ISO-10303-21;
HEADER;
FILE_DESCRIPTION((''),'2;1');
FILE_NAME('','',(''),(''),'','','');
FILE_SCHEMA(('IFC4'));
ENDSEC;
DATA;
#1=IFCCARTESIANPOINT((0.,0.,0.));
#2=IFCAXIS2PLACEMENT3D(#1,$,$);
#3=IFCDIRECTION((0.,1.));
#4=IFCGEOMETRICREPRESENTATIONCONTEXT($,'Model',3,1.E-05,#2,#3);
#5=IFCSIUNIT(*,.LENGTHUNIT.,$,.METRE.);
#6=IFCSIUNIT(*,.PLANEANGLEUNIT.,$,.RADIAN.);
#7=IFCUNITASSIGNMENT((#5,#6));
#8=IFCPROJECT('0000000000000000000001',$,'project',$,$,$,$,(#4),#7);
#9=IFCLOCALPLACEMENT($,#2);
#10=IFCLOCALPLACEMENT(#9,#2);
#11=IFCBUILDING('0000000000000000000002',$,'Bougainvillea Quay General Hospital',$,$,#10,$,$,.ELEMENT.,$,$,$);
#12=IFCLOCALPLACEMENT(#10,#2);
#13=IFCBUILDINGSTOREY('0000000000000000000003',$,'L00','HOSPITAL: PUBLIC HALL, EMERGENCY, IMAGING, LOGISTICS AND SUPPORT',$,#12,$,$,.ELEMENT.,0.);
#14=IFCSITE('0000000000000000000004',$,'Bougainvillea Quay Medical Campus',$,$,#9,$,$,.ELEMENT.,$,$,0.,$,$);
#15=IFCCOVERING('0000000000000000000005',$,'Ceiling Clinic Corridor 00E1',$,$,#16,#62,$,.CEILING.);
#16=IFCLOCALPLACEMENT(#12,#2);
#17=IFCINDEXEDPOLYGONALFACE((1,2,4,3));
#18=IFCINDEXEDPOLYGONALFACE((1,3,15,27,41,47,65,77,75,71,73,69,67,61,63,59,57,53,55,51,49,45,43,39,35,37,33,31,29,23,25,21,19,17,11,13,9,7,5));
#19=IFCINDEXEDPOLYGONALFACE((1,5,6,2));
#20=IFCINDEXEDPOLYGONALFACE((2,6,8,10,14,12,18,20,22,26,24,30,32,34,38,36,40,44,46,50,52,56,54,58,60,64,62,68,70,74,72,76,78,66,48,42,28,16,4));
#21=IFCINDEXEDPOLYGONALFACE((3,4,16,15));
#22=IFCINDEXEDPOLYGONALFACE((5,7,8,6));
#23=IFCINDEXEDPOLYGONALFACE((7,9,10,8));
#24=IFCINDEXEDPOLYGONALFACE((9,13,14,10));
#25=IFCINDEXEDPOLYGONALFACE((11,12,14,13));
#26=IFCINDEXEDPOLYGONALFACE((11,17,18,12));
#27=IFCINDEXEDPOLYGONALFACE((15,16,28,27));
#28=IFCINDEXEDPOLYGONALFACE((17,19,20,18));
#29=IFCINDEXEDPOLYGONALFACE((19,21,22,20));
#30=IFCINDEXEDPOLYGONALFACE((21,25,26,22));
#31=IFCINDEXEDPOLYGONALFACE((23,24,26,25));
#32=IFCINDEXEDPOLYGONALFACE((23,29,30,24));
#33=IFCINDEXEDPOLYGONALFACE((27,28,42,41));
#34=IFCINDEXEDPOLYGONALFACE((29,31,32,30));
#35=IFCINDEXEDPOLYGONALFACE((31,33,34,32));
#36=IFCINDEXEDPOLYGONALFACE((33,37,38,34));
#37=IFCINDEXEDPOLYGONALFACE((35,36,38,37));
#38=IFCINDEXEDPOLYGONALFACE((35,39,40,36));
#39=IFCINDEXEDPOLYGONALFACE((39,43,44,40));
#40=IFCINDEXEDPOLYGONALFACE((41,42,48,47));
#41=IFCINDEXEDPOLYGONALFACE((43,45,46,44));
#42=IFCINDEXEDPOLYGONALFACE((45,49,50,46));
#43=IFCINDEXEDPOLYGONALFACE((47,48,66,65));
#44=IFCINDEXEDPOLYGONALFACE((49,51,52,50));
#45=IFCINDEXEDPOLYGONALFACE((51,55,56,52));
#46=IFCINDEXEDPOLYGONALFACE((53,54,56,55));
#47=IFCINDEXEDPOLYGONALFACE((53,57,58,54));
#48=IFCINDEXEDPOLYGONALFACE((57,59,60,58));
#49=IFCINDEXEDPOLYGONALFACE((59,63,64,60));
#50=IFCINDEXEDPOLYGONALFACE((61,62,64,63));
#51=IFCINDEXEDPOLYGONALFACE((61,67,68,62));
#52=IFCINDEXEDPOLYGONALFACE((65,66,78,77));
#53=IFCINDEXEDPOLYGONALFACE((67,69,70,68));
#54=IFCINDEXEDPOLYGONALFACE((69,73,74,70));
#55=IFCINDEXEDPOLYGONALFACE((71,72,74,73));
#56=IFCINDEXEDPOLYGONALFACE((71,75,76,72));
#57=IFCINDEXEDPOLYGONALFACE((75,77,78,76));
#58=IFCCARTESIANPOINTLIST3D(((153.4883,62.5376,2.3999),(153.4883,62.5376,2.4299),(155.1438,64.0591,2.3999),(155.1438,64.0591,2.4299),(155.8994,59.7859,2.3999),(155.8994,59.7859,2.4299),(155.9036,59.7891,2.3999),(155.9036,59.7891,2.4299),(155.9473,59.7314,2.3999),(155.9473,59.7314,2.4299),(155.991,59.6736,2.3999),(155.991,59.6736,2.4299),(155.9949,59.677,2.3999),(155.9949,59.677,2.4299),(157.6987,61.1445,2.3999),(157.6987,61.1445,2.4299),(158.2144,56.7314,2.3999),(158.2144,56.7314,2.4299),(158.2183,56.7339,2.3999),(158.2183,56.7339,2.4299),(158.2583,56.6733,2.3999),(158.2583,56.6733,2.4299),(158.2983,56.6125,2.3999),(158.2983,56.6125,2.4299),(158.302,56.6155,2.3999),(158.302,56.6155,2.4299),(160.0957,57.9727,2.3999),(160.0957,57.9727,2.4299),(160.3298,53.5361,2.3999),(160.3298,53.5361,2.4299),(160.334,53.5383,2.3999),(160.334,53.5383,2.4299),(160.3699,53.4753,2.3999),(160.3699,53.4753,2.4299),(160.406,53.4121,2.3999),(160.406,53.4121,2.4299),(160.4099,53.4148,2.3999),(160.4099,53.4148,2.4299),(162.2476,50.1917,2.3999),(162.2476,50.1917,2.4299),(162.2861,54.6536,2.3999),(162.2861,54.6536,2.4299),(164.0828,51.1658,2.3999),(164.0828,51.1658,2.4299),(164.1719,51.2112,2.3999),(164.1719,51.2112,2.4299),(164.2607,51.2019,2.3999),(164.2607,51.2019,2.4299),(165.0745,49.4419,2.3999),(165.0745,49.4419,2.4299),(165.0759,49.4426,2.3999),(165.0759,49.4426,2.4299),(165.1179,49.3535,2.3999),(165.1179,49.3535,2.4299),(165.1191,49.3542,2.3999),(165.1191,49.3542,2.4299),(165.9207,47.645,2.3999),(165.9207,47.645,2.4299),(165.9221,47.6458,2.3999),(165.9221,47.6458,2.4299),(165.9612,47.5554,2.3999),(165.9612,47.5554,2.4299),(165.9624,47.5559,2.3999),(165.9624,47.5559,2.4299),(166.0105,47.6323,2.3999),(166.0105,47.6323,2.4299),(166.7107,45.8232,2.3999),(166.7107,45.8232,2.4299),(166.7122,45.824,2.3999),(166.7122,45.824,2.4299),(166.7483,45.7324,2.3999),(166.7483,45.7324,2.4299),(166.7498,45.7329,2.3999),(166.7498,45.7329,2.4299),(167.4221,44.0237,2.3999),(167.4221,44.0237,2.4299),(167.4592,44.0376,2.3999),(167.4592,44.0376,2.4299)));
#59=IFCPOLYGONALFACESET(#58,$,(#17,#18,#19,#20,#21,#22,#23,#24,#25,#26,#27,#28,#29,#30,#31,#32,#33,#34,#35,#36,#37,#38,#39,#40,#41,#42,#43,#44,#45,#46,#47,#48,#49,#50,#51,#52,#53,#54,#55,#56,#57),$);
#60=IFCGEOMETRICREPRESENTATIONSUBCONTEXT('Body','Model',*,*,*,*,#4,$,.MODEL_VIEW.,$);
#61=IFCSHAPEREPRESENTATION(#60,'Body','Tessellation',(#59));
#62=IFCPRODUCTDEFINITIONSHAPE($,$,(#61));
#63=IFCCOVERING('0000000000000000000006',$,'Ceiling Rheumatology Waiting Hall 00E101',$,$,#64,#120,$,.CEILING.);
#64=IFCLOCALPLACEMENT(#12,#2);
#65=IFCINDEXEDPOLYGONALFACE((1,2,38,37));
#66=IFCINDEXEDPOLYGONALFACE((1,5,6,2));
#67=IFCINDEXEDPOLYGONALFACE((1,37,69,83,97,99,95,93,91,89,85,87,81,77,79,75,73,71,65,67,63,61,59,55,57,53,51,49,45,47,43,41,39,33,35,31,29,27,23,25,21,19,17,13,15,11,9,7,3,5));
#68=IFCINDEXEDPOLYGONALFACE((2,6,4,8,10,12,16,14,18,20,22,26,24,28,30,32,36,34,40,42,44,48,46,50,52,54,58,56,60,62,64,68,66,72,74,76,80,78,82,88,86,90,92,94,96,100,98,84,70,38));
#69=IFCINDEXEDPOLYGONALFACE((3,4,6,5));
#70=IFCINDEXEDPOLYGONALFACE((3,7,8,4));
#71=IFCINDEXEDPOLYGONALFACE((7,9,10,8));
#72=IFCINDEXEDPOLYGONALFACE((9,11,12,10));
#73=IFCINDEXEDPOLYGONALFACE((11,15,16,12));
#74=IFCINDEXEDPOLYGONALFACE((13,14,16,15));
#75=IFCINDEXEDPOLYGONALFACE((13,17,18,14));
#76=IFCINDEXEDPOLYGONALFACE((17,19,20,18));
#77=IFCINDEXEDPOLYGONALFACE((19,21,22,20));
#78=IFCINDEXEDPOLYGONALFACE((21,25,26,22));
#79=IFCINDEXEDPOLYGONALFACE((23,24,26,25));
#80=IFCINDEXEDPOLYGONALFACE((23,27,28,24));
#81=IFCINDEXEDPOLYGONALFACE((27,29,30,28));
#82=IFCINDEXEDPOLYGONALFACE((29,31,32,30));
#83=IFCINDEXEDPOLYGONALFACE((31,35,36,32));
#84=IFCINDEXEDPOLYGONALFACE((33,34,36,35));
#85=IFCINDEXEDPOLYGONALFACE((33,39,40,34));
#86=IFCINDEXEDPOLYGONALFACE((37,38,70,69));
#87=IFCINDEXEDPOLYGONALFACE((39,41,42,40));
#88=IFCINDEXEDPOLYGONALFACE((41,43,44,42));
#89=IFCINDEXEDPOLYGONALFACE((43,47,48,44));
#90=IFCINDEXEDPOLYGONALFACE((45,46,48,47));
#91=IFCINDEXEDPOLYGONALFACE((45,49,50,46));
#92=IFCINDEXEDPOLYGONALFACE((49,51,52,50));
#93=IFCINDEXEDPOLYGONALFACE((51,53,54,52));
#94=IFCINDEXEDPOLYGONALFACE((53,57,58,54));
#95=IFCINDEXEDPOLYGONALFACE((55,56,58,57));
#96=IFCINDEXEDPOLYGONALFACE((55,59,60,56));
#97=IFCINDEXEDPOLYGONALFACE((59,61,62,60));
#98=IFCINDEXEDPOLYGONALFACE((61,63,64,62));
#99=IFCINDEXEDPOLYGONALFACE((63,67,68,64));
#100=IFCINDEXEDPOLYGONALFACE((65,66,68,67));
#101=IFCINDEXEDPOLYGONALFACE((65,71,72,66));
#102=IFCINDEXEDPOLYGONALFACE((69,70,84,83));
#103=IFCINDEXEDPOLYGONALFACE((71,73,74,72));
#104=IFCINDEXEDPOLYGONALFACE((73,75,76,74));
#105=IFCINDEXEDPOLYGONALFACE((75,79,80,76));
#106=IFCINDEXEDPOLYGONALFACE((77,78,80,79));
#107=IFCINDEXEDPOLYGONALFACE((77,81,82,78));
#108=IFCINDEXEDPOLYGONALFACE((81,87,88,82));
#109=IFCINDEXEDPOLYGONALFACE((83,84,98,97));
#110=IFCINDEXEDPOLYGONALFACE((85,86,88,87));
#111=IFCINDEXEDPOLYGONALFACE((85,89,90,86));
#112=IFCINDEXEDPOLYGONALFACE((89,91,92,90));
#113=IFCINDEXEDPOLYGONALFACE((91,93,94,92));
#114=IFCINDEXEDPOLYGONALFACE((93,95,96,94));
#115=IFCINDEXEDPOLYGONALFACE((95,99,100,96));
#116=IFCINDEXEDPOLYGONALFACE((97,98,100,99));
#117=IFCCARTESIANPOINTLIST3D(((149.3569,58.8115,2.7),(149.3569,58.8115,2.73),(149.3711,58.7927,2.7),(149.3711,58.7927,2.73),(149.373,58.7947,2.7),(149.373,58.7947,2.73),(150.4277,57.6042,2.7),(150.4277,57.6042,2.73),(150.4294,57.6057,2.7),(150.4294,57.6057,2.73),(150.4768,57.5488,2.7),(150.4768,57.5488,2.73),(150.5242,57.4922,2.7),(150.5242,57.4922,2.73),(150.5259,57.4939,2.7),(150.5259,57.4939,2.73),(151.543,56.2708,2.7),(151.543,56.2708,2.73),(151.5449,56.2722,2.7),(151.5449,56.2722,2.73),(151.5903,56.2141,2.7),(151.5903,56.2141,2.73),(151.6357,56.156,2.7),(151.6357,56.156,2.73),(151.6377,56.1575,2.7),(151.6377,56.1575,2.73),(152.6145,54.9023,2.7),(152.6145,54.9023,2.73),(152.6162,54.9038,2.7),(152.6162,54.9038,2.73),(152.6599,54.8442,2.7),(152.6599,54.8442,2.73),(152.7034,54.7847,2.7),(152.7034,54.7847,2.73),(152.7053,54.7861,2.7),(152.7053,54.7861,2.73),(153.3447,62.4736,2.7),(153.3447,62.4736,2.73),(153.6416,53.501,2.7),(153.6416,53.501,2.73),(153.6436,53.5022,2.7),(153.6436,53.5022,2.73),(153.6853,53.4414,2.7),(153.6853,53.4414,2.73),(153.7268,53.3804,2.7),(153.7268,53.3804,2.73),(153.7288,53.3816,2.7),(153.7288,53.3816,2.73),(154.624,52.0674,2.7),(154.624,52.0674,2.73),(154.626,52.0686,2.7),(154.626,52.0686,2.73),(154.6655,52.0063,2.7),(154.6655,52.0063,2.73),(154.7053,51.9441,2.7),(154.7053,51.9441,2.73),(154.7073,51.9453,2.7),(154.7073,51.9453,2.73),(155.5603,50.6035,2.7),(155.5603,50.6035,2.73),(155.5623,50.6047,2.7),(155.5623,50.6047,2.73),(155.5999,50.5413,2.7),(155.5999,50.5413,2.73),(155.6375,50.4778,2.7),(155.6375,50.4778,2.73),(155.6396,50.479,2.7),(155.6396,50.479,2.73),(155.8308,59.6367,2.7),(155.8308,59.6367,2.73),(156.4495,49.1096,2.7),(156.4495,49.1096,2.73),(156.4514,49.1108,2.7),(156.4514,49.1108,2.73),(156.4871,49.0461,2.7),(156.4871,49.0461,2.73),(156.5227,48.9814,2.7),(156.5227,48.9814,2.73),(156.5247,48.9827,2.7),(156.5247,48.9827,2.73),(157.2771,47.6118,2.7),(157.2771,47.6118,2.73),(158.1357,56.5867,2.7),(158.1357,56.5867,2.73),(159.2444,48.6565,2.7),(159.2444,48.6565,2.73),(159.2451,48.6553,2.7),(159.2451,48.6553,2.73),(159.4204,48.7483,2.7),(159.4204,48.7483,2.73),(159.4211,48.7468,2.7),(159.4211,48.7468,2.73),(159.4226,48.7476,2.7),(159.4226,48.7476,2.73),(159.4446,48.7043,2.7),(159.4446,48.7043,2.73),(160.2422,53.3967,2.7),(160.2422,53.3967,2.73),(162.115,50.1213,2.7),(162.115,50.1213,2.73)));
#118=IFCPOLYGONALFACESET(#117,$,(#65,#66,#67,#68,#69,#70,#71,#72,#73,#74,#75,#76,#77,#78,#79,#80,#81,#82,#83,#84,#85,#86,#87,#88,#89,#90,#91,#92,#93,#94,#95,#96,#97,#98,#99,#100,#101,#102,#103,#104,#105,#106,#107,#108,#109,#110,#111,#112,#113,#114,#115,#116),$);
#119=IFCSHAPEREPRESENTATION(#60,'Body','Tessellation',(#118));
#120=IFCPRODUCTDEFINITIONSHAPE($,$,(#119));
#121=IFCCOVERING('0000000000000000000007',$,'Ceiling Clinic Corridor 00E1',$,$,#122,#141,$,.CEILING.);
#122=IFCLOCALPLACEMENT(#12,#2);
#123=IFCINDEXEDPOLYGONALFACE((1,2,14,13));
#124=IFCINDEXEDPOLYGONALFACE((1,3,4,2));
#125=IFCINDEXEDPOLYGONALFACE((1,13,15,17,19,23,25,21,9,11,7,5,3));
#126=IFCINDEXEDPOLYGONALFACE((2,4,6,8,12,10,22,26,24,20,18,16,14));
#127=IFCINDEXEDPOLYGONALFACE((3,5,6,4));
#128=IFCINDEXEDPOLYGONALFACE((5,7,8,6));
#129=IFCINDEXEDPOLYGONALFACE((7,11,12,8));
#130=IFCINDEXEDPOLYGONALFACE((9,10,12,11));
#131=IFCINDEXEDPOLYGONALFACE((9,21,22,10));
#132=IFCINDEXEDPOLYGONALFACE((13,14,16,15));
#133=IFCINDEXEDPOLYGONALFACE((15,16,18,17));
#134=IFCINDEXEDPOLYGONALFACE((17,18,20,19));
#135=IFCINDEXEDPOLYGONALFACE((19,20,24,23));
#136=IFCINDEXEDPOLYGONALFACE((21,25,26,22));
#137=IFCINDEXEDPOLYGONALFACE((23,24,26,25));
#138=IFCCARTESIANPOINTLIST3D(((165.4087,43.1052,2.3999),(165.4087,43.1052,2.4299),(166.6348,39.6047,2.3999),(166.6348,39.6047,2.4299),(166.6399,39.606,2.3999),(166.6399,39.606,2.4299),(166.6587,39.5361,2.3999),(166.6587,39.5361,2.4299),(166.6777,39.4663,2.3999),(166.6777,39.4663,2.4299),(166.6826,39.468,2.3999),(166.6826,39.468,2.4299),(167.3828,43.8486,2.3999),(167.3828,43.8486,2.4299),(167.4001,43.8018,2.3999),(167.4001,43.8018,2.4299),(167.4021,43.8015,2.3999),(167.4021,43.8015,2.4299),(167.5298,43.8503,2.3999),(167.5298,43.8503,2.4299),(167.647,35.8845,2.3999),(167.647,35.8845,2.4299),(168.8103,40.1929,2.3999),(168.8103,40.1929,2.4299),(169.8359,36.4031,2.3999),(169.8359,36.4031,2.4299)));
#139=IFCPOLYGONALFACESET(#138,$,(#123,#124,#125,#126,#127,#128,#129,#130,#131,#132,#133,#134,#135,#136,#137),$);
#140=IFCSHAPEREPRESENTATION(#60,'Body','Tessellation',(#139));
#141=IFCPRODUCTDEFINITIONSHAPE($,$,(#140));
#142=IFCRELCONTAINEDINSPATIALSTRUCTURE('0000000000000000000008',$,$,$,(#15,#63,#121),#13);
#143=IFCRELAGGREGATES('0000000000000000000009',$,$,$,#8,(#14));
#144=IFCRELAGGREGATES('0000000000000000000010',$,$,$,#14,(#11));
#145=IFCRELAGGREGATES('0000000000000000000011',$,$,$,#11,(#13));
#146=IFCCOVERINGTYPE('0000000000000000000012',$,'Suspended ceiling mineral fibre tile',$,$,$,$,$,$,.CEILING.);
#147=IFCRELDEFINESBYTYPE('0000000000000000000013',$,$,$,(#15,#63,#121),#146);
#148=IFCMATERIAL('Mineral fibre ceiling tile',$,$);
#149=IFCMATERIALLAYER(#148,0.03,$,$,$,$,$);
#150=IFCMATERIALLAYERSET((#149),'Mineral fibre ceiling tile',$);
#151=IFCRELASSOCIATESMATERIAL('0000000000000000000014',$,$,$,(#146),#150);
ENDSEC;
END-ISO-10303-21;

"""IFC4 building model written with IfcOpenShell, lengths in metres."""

from ifc_helpers import new_model, si_unit, direction, frame, origin, place, context, subcontext, project, spatial, polyline, outline, extrude, material, layer, layer_set, type_object, element, save


model = new_model("IFC4")

# Units and contexts
model_context = context("Model", 3, precision=1e-05, world=origin(), true_north=direction((0.0, 1.0)))
body_context = subcontext(model_context, "Body", "Model", "MODEL_VIEW")
ifc_project = project(units=[si_unit("LENGTHUNIT", "METRE"), si_unit("PLANEANGLEUNIT", "RADIAN")], contexts=[model_context])

# Site, building, storey
site_placement = place(None, origin())
site = spatial("IfcSite", under=ifc_project, at=site_placement, Name="Bougainvillea Quay Medical Campus", CompositionType="ELEMENT", RefElevation=0.0)
building_placement = place(site_placement, origin())
building = spatial("IfcBuilding", under=site, at=building_placement, Name="Bougainvillea Quay General Hospital", CompositionType="ELEMENT")
storey_placement = place(building_placement, origin())
storey = spatial("IfcBuildingStorey", under=building, at=storey_placement, Name="L00", Description="HOSPITAL: PUBLIC HALL, EMERGENCY, IMAGING, LOGISTICS AND SUPPORT", CompositionType="ELEMENT", Elevation=0.0)

# Coverings
ifc_material_1 = material(Name="Mineral fibre ceiling tile")
ifc_layer_1 = layer(ifc_material_1, 0.03)
ifc_layer_set_1 = layer_set([ifc_layer_1], Name="Mineral fibre ceiling tile")
covering_type = type_object("IfcCoveringType", Name="Suspended ceiling mineral fibre tile", PredefinedType="CEILING", material=ifc_layer_set_1)
covering_1_placement = place(storey_placement, frame((0.0, 0.0, 2.3999)))
element("IfcCovering", 1, at=covering_1_placement, inside=storey, type_object=covering_type, Name="Ceiling Clinic Corridor 00E1", PredefinedType="CEILING", context=body_context, shape_type="SweptSolid", body=[
    extrude(outline(polyline([(153.4883, 62.5376), (155.8994, 59.7859), (155.9036, 59.7891), (155.9473, 59.7314), (155.9949, 59.677), (155.991, 59.6736), (158.2144, 56.7314), (158.2183, 56.7339), (158.2583, 56.6733), (158.302, 56.6155), (158.2983, 56.6125), (160.3298, 53.5361), (160.334, 53.5383), (160.3699, 53.4753), (160.4099, 53.4148), (160.406, 53.4121), (162.2476, 50.1917), (164.0828, 51.1658), (164.1719, 51.2112), (165.0745, 49.4419), (165.0759, 49.4426), (165.1191, 49.3542), (165.1179, 49.3535), (165.9207, 47.645), (165.9221, 47.6458), (165.9624, 47.5559), (165.9612, 47.5554), (166.7107, 45.8232), (166.7122, 45.824), (166.7498, 45.7329), (166.7483, 45.7324), (167.4221, 44.0237), (167.4592, 44.0376), (166.0105, 47.6323), (164.2607, 51.2019), (162.2861, 54.6536), (160.0957, 57.9727), (157.6987, 61.1445), (155.1438, 64.0591), (153.4883, 62.5376)])), origin(), (0.0, 0.0, 1.0), 0.03),
])
covering_2_placement = place(storey_placement, frame((0.0, 0.0, 2.7)))
element("IfcCovering", 2, at=covering_2_placement, inside=storey, type_object=covering_type, Name="Ceiling Rheumatology Waiting Hall 00E101", PredefinedType="CEILING", context=body_context, shape_type="SweptSolid", body=[
    extrude(outline(polyline([(153.3447, 62.4736), (149.3569, 58.8115), (149.373, 58.7947), (149.3711, 58.7927), (150.4277, 57.6042), (150.4294, 57.6057), (150.4768, 57.5488), (150.5259, 57.4939), (150.5242, 57.4922), (151.543, 56.2708), (151.5449, 56.2722), (151.5903, 56.2141), (151.6377, 56.1575), (151.6357, 56.156), (152.6145, 54.9023), (152.6162, 54.9038), (152.6599, 54.8442), (152.7053, 54.7861), (152.7034, 54.7847), (153.6416, 53.501), (153.6436, 53.5022), (153.6853, 53.4414), (153.7288, 53.3816), (153.7268, 53.3804), (154.624, 52.0674), (154.626, 52.0686), (154.6655, 52.0063), (154.7073, 51.9453), (154.7053, 51.9441), (155.5603, 50.6035), (155.5623, 50.6047), (155.5999, 50.5413), (155.6396, 50.479), (155.6375, 50.4778), (156.4495, 49.1096), (156.4514, 49.1108), (156.4871, 49.0461), (156.5247, 48.9827), (156.5227, 48.9814), (157.2771, 47.6118), (159.2451, 48.6553), (159.2444, 48.6565), (159.4204, 48.7483), (159.4211, 48.7468), (159.4226, 48.7476), (159.4446, 48.7043), (162.115, 50.1213), (160.2422, 53.3967), (158.1357, 56.5867), (155.8308, 59.6367), (153.3447, 62.4736)])), origin(), (0.0, 0.0, 1.0), 0.03),
])
covering_3_placement = place(storey_placement, frame((0.0, 0.0, 2.3999)))
element("IfcCovering", 3, at=covering_3_placement, inside=storey, type_object=covering_type, Name="Ceiling Clinic Corridor 00E1", PredefinedType="CEILING", context=body_context, shape_type="SweptSolid", body=[
    extrude(outline(polyline([(167.4021, 43.8015), (167.4001, 43.8018), (167.3828, 43.8486), (165.4087, 43.1052), (166.6348, 39.6047), (166.6399, 39.606), (166.6587, 39.5361), (166.6826, 39.468), (166.6777, 39.4663), (167.647, 35.8845), (169.8359, 36.4031), (168.8103, 40.1929), (167.5298, 43.8503), (167.4021, 43.8015)])), origin(), (0.0, 0.0, 1.0), 0.03),
])

save(model, "model.ifc")
